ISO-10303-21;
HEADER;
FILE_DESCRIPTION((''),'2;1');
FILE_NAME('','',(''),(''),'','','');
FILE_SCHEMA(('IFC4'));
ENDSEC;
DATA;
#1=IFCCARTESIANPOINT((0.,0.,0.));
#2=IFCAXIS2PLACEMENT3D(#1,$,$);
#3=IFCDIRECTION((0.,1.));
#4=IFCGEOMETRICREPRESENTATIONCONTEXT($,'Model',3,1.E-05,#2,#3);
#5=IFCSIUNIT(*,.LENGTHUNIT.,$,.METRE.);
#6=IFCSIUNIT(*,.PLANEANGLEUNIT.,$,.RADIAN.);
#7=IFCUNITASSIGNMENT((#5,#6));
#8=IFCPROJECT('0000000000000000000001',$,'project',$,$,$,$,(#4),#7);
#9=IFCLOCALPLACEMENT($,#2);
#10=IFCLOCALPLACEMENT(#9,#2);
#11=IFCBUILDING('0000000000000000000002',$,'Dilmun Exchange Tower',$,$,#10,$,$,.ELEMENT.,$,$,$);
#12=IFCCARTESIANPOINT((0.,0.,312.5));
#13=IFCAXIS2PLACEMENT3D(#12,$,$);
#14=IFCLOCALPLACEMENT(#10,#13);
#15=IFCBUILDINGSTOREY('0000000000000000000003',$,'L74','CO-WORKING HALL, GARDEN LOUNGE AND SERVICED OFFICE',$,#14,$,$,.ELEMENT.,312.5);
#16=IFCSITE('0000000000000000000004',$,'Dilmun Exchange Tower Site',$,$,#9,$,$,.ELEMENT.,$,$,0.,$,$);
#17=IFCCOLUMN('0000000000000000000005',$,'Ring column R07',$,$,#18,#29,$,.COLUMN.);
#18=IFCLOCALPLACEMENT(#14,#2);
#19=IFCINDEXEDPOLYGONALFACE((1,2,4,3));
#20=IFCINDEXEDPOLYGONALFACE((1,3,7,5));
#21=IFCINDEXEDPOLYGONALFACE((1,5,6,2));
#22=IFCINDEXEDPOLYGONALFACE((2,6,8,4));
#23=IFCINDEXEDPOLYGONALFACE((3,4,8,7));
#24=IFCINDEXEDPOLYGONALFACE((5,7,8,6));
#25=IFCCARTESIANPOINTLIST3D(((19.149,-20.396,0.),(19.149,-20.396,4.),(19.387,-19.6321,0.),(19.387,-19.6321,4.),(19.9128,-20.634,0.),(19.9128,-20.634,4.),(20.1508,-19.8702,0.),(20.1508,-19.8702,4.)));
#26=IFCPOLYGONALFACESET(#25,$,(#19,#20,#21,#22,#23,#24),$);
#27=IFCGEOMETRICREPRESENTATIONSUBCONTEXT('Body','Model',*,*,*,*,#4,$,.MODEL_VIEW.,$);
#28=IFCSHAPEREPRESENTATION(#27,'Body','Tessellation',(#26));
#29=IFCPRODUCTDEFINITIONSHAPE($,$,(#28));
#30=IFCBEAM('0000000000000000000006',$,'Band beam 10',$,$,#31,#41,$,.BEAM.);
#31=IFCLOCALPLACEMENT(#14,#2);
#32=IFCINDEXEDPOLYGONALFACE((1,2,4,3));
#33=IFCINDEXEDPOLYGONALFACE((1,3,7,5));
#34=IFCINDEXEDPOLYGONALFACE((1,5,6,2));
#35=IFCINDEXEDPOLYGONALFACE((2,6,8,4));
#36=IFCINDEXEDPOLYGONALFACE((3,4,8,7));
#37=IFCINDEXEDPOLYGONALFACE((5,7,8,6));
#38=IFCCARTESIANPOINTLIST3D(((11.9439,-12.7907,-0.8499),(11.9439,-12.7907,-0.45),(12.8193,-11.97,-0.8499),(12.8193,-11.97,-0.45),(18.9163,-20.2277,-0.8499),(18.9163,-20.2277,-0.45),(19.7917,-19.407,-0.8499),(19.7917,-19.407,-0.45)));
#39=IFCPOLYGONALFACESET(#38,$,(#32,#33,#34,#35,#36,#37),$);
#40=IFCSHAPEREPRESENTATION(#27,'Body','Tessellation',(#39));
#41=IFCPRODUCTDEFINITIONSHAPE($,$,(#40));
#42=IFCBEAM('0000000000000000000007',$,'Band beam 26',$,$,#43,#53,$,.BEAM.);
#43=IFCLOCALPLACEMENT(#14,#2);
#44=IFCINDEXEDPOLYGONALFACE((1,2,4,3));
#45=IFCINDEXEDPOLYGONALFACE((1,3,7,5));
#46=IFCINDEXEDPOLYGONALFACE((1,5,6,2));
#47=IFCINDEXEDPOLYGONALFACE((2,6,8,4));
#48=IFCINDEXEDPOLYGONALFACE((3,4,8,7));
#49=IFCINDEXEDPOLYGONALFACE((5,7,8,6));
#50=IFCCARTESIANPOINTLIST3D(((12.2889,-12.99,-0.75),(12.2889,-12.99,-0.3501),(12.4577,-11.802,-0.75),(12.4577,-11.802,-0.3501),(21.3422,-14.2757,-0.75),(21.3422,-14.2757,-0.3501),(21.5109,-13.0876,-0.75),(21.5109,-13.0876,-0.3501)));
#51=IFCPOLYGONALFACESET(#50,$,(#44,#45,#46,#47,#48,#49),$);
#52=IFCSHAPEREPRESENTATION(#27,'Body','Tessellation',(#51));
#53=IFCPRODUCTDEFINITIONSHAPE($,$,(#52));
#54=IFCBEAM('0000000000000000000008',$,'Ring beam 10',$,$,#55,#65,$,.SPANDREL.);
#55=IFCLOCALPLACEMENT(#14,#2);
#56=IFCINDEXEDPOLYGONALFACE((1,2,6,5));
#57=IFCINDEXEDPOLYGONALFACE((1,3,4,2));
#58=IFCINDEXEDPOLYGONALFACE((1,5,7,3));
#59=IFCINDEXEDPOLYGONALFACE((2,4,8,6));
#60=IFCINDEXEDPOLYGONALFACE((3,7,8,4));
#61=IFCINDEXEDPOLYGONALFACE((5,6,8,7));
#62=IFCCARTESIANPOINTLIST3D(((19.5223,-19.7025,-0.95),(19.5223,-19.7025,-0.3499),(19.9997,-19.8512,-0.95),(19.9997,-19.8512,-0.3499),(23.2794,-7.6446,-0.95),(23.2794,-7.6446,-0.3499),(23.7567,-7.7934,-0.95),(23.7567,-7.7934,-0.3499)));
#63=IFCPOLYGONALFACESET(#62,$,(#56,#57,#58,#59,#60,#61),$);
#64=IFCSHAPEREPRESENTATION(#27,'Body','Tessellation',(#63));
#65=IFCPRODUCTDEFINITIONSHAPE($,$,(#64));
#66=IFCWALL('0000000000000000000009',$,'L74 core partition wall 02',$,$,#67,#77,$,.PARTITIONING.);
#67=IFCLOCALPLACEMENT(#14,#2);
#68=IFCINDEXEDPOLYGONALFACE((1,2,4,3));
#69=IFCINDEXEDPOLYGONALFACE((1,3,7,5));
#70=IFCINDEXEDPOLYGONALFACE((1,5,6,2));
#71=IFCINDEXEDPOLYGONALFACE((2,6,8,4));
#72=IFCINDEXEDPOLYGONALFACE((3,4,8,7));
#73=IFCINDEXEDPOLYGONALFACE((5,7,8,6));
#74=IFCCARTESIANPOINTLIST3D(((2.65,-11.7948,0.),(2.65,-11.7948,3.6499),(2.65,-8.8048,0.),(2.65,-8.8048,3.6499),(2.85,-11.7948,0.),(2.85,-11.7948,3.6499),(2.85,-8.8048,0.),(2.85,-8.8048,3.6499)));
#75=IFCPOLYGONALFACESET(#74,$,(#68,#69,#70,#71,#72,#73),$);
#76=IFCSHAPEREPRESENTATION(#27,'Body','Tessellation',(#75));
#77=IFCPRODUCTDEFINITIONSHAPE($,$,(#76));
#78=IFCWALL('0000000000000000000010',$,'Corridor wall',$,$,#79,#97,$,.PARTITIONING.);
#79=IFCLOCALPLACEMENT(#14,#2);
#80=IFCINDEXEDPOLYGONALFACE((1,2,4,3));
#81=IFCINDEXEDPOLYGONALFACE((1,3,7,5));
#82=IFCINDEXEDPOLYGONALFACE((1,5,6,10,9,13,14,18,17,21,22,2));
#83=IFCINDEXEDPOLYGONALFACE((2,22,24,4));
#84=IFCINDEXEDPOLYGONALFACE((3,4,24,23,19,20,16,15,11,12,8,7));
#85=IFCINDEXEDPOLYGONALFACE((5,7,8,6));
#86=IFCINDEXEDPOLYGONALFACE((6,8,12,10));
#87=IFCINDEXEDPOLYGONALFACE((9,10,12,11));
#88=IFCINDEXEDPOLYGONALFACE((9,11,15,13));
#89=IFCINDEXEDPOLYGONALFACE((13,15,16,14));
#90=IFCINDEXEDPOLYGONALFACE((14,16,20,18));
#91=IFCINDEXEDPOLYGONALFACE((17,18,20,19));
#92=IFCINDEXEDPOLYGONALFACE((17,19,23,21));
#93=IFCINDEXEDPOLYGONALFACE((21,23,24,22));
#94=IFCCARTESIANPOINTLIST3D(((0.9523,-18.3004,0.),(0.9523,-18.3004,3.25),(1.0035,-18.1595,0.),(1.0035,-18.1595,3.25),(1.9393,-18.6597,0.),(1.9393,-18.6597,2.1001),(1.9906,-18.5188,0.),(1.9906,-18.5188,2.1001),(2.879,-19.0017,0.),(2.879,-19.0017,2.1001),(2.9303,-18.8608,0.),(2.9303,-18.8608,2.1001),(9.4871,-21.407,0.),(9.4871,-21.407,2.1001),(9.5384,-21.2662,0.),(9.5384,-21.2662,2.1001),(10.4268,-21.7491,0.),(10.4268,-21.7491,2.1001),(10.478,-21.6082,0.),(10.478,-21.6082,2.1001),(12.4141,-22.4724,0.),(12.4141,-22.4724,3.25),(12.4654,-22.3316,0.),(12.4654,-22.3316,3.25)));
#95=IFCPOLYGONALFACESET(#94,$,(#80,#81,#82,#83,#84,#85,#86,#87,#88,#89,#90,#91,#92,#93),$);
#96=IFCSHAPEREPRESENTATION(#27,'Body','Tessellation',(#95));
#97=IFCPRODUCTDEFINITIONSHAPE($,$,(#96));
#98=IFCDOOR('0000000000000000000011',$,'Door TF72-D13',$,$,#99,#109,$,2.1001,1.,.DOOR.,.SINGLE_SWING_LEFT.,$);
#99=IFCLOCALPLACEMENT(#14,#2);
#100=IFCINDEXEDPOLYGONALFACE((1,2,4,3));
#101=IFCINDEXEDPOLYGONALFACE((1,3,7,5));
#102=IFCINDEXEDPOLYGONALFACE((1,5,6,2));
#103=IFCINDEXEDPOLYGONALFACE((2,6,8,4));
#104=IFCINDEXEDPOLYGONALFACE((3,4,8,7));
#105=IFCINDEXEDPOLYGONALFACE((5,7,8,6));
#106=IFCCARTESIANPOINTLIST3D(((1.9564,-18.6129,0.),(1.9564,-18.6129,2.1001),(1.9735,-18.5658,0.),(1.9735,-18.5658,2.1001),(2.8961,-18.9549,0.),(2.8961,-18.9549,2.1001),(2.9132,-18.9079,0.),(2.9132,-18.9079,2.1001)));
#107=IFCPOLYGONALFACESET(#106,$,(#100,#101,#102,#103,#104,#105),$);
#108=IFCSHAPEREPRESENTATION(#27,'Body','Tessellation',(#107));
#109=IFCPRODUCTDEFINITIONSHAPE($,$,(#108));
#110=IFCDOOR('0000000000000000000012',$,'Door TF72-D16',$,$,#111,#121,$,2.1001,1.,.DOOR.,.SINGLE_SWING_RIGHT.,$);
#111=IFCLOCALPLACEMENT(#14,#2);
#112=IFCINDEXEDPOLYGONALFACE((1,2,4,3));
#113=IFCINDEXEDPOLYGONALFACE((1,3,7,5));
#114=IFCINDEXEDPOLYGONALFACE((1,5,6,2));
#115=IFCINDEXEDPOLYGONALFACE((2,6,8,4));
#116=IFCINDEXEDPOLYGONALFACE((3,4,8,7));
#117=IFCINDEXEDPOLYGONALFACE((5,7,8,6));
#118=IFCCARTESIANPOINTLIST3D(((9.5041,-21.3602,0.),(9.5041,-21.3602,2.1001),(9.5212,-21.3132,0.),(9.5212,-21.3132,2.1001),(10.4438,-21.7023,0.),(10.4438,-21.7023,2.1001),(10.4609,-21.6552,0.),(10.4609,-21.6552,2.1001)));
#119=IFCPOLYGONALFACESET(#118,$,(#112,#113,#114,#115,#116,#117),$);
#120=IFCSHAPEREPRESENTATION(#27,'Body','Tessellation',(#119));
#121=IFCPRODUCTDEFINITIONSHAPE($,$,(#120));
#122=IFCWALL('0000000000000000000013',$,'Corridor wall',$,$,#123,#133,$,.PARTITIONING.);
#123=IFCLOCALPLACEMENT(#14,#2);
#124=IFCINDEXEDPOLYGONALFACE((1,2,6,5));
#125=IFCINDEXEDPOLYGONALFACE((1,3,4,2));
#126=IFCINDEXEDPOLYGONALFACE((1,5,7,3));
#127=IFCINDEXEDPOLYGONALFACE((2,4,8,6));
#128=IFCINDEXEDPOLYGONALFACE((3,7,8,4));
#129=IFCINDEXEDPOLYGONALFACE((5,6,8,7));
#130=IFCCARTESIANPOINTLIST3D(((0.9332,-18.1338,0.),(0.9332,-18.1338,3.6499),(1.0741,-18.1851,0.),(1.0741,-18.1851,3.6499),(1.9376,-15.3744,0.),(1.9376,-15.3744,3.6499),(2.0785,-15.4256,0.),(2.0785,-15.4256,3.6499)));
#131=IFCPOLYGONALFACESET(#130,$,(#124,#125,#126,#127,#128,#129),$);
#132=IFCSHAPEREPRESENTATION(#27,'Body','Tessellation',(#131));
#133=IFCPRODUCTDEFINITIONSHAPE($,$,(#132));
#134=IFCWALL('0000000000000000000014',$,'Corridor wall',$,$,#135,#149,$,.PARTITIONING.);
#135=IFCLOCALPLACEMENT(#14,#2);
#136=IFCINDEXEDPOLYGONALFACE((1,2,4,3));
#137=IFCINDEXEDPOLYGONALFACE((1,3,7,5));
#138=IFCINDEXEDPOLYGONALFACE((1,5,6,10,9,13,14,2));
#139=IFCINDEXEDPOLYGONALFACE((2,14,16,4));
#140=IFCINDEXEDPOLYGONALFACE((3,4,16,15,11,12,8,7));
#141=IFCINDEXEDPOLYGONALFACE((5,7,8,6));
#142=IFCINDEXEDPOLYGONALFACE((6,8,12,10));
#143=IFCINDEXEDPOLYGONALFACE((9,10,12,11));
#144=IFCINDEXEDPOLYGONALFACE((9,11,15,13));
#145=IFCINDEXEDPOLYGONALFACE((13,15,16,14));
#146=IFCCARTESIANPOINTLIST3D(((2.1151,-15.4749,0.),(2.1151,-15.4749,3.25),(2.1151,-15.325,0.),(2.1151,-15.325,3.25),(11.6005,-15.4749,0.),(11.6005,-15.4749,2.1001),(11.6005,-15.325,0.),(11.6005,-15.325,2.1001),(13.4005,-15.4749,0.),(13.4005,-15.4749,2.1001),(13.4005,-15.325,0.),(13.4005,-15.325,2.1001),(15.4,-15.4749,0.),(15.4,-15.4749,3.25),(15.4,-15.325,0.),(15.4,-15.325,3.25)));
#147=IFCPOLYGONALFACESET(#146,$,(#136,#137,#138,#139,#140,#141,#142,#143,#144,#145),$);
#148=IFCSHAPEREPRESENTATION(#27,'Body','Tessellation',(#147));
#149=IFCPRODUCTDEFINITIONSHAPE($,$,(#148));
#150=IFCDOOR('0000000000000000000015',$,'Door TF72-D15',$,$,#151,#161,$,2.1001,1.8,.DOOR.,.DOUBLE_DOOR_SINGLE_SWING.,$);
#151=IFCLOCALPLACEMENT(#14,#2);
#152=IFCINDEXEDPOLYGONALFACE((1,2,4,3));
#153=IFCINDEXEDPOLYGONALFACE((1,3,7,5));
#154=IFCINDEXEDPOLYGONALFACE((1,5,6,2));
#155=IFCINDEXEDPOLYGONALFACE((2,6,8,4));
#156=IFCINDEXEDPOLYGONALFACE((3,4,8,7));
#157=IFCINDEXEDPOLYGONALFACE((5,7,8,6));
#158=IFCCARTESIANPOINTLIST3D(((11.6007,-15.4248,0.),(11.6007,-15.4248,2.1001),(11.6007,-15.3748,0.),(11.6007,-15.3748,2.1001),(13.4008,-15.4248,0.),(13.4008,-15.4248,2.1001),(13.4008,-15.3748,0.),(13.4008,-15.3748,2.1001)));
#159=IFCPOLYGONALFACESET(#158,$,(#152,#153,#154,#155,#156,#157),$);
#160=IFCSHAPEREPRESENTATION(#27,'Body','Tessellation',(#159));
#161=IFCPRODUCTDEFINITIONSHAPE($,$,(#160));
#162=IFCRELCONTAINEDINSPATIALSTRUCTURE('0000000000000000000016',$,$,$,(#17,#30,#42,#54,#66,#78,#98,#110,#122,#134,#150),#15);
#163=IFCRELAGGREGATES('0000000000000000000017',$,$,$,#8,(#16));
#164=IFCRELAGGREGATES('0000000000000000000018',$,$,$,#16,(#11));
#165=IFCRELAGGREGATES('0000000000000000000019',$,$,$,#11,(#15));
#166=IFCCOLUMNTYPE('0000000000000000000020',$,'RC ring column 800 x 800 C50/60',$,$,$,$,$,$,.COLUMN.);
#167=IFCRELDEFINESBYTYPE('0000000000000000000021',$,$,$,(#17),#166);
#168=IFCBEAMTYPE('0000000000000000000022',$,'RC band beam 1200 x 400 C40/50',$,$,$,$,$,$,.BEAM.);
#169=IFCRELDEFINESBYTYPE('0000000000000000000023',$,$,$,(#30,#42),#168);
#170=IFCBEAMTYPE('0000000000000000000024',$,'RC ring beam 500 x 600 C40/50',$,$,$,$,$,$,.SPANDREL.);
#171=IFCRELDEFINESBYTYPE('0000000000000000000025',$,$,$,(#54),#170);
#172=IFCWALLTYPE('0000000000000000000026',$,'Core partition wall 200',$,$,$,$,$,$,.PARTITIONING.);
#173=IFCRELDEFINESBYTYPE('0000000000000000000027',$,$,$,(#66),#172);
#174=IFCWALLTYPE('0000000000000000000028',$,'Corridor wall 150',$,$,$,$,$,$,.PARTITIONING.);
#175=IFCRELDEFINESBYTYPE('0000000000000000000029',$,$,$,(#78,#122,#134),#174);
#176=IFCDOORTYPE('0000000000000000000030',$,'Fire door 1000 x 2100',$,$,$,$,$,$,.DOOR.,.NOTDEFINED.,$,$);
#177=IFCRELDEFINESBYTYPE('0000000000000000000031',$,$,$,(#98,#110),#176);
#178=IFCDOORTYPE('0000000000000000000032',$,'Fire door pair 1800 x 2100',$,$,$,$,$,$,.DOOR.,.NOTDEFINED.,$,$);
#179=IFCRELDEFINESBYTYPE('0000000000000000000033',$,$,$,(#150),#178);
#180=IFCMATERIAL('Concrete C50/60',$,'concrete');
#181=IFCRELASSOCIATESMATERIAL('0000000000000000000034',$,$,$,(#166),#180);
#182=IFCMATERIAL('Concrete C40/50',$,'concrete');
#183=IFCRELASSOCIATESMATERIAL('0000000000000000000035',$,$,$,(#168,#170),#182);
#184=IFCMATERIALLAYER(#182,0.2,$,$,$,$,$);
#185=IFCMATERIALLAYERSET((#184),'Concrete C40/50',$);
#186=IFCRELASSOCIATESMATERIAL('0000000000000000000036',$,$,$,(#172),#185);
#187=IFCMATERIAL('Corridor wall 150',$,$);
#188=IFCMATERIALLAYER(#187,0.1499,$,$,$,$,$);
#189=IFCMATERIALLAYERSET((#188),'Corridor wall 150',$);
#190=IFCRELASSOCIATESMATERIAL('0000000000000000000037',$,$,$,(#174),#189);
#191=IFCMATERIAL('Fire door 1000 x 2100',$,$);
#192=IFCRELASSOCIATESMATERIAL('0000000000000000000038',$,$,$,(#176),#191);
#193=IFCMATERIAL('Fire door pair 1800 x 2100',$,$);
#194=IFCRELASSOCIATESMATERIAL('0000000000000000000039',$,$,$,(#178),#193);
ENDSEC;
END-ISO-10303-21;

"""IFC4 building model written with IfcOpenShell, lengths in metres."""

from ifc_helpers import new_model, si_unit, direction, frame, frame_2d, origin, origin_2d, place, context, subcontext, project, spatial, rectangle, extrude, material, layer, layer_set, material_profile, profile_set, type_object, element, fill, save


model = new_model("IFC4")

# Units and contexts
model_context = context("Model", 3, precision=1e-05, world=origin(), true_north=direction((0.0, 1.0)))
body_context = subcontext(model_context, "Body", "Model", "MODEL_VIEW")
ifc_project = project(units=[si_unit("LENGTHUNIT", "METRE"), si_unit("PLANEANGLEUNIT", "RADIAN")], contexts=[model_context])

# Site, building, storey
site_placement = place(None, origin())
site = spatial("IfcSite", under=ifc_project, at=site_placement, Name="Dilmun Exchange Tower Site", CompositionType="ELEMENT", RefElevation=0.0)
building_placement = place(site_placement, origin())
building = spatial("IfcBuilding", under=site, at=building_placement, Name="Dilmun Exchange Tower", CompositionType="ELEMENT")
storey_placement = place(building_placement, frame((0.0, 0.0, 312.5)))
storey = spatial("IfcBuildingStorey", under=building, at=storey_placement, Name="L74", Description="CO-WORKING HALL, GARDEN LOUNGE AND SERVICED OFFICE", CompositionType="ELEMENT", Elevation=312.5)

# Column
ifc_material_1 = material(Name="Concrete C50/60", Category="concrete")
ifc_material_profile_1 = material_profile(ifc_material_1, rectangle(XDim=0.8, YDim=0.8, at=origin_2d()), Name="800 x 800")
ifc_profile_set_1 = profile_set([ifc_material_profile_1], Name="Concrete C50/60")
column_type = type_object("IfcColumnType", Name="RC ring column 800 x 800 C50/60", PredefinedType="COLUMN", material=ifc_profile_set_1)
column_placement = place(storey_placement, frame((19.6499, -20.1331, 0.0), z_axis=(0.0, 0.0, 1.0), x_axis=(0.297503, 0.954721, 0.0)))
element("IfcColumn", 1, at=column_placement, inside=storey, type_object=column_type, Name="Ring column R07", PredefinedType="COLUMN", context=body_context, shape_type="SweptSolid", body=[
    extrude(rectangle(XDim=0.8, YDim=0.8, at=origin_2d()), origin(), (0.0, 0.0, 1.0), 4.0),
])

# Beams
ifc_material_2 = material(Name="Concrete C40/50", Category="concrete")
ifc_material_profile_2 = material_profile(ifc_material_2, rectangle(XDim=1.2, YDim=0.3999, at=origin_2d()), Name="1200 x 400")
ifc_profile_set_2 = profile_set([ifc_material_profile_2], Name="Concrete C40/50")
beam_type_1 = type_object("IfcBeamType", Name="RC band beam 1200 x 400 C40/50", PredefinedType="BEAM", material=ifc_profile_set_2)
beam_1_placement = place(storey_placement, frame((19.354, -19.8174, -0.6499), z_axis=(-0.683952, 0.729527, 0.0), x_axis=(-0.729527, -0.683952, 0.0)))
element("IfcBeam", 2, at=beam_1_placement, inside=storey, type_object=beam_type_1, Name="Band beam 10", PredefinedType="BEAM", context=body_context, shape_type="SweptSolid", body=[
    extrude(rectangle(XDim=1.2, YDim=0.3999, at=origin_2d()), origin(), (0.0, 0.0, 1.0), 10.1943),
])
beam_2_placement = place(storey_placement, frame((21.4265, -13.6816, -0.55), z_axis=(-0.990067, 0.140599, 0.0), x_axis=(-0.140599, -0.990067, 0.0)))
element("IfcBeam", 3, at=beam_2_placement, inside=storey, type_object=beam_type_1, Name="Band beam 26", PredefinedType="BEAM", context=body_context, shape_type="SweptSolid", body=[
    extrude(rectangle(XDim=1.2, YDim=0.3999, at=origin_2d()), origin(), (0.0, 0.0, 1.0), 9.144),
])
ifc_material_profile_3 = material_profile(ifc_material_2, rectangle(XDim=0.5, YDim=0.6001, at=origin_2d()), Name="500 x 600")
ifc_profile_set_3 = profile_set([ifc_material_profile_3], Name="Concrete C40/50")
beam_type_2 = type_object("IfcBeamType", Name="RC ring beam 500 x 600 C40/50", PredefinedType="SPANDREL", material=ifc_profile_set_3)
beam_3_placement = place(storey_placement, frame((19.761, -19.7769, -0.6499), z_axis=(0.297481, 0.954728, 0.0), x_axis=(-0.954728, 0.297481, 0.0)))
element("IfcBeam", 4, at=beam_3_placement, inside=storey, type_object=beam_type_2, Name="Ring beam 10", PredefinedType="SPANDREL", context=body_context, shape_type="SweptSolid", body=[
    extrude(rectangle(XDim=0.5, YDim=0.6001, at=origin_2d()), origin(), (0.0, 0.0, 1.0), 12.6296),
])

# Wall
ifc_layer_1 = layer(ifc_material_2, 0.2)
ifc_layer_set_1 = layer_set([ifc_layer_1], Name="Concrete C40/50")
wall_type_1 = type_object("IfcWallType", Name="Core partition wall 200", PredefinedType="PARTITIONING", material=ifc_layer_set_1)
wall_1_placement = place(storey_placement, frame((2.75, -11.7949, 0.0), z_axis=(0.0, 0.0, 1.0), x_axis=(0.0, 1.0, 0.0)))
element("IfcWall", 5, at=wall_1_placement, inside=storey, type_object=wall_type_1, Name="L74 core partition wall 02", PredefinedType="PARTITIONING", context=body_context, shape_type="SweptSolid", body=[
    extrude(rectangle(XDim=2.99, YDim=0.2, at=frame_2d((1.4951, 0.0))), origin(), (0.0, 0.0, 1.0), 3.6499),
])

# Wall, openings, doors
ifc_material_3 = material(Name="Corridor wall 150")
ifc_layer_2 = layer(ifc_material_3, 0.1499)
ifc_layer_set_2 = layer_set([ifc_layer_2], Name="Corridor wall 150")
wall_type_2 = type_object("IfcWallType", Name="Corridor wall 150", PredefinedType="PARTITIONING", material=ifc_layer_set_2)
wall_2_placement = place(storey_placement, frame((0.978, -18.23, 0.0), z_axis=(0.0, 0.0, 1.0), x_axis=(0.939684, -0.342044, 0.0)))
wall_2 = element("IfcWall", 6, at=wall_2_placement, inside=storey, type_object=wall_type_2, Name="Corridor wall", PredefinedType="PARTITIONING", context=body_context, shape_type="SweptSolid", body=[
    extrude(rectangle(XDim=12.1975, YDim=0.1499, at=frame_2d((6.0986, 0.0))), origin(), (0.0, 0.0, 1.0), 3.25),
])
opening_1_placement = place(wall_2_placement, frame((1.0503, 0.0, 0.0)))
opening_1 = element("IfcOpeningElement", 7, at=opening_1_placement, cuts=wall_2, PredefinedType="OPENING", context=body_context, shape_type="SweptSolid", body=[
    extrude(rectangle(XDim=1.0, YDim=2.1001, at=frame_2d((0.5, 1.05))), frame((0.0, 0.085, 0.0), z_axis=(0.0, -1.0, 0.0), x_axis=(1.0, 0.0, 0.0)), (0.0, 0.0, 1.0), 0.1699),
])
opening_2_placement = place(wall_2_placement, frame((9.0825, 0.0, 0.0)))
opening_2 = element("IfcOpeningElement", 8, at=opening_2_placement, cuts=wall_2, PredefinedType="OPENING", context=body_context, shape_type="SweptSolid", body=[
    extrude(rectangle(XDim=1.0, YDim=2.1001, at=frame_2d((0.5, 1.05))), frame((0.0, 0.085, 0.0), z_axis=(0.0, -1.0, 0.0), x_axis=(1.0, 0.0, 0.0)), (0.0, 0.0, 1.0), 0.1699),
])
ifc_material_4 = material(Name="Fire door 1000 x 2100")
door_type_1 = type_object("IfcDoorType", Name="Fire door 1000 x 2100", OperationType="NOTDEFINED", PredefinedType="DOOR", material=ifc_material_4)
door_1_placement = place(opening_1_placement, origin())
door_1 = element("IfcDoor", 9, at=door_1_placement, inside=storey, type_object=door_type_1, Name="Door TF72-D13", OperationType="SINGLE_SWING_LEFT", OverallHeight=2.1001, OverallWidth=1.0, PredefinedType="DOOR", context=body_context, shape_type="SweptSolid", body=[
    extrude(rectangle(XDim=1.0, YDim=2.1001, at=frame_2d((0.5, 1.05))), frame((0.0, 0.0249, 0.0), z_axis=(0.0, -1.0, 0.0), x_axis=(1.0, 0.0, 0.0)), (0.0, 0.0, 1.0), 0.05),
])
fill(opening_1, door_1)
door_2_placement = place(opening_2_placement, origin())
door_2 = element("IfcDoor", 10, at=door_2_placement, inside=storey, type_object=door_type_1, Name="Door TF72-D16", OperationType="SINGLE_SWING_RIGHT", OverallHeight=2.1001, OverallWidth=1.0, PredefinedType="DOOR", context=body_context, shape_type="SweptSolid", body=[
    extrude(rectangle(XDim=1.0, YDim=2.1001, at=frame_2d((0.5, 1.05))), frame((0.0, 0.0249, 0.0), z_axis=(0.0, -1.0, 0.0), x_axis=(1.0, 0.0, 0.0)), (0.0, 0.0, 1.0), 0.05),
])
fill(opening_2, door_2)

# Wall
wall_3_placement = place(storey_placement, frame((1.0037, -18.1594, 0.0), z_axis=(0.0, 0.0, 1.0), x_axis=(0.342023, 0.939691, 0.0)))
element("IfcWall", 11, at=wall_3_placement, inside=storey, type_object=wall_type_2, Name="Corridor wall", PredefinedType="PARTITIONING", context=body_context, shape_type="SweptSolid", body=[
    extrude(rectangle(XDim=2.9365, YDim=0.1499, at=frame_2d((1.4683, 0.0))), origin(), (0.0, 0.0, 1.0), 3.6499),
])

# Wall, opening, door
wall_4_placement = place(storey_placement, frame((2.115, -15.3999, 0.0), z_axis=(0.0, 0.0, 1.0), x_axis=(1.0, 0.0, 0.0)))
wall_4 = element("IfcWall", 12, at=wall_4_placement, inside=storey, type_object=wall_type_2, Name="Corridor wall", PredefinedType="PARTITIONING", context=body_context, shape_type="SweptSolid", body=[
    extrude(rectangle(XDim=13.2849, YDim=0.1499, at=frame_2d((6.6426, 0.0))), origin(), (0.0, 0.0, 1.0), 3.25),
])
opening_3_placement = place(wall_4_placement, frame((9.4856, 0.0, 0.0)))
opening_3 = element("IfcOpeningElement", 13, at=opening_3_placement, cuts=wall_4, PredefinedType="OPENING", context=body_context, shape_type="SweptSolid", body=[
    extrude(rectangle(XDim=1.8, YDim=2.1001, at=frame_2d((0.8999, 1.05))), frame((0.0, 0.085, 0.0), z_axis=(0.0, -1.0, 0.0), x_axis=(1.0, 0.0, 0.0)), (0.0, 0.0, 1.0), 0.1699),
])
ifc_material_5 = material(Name="Fire door pair 1800 x 2100")
door_type_2 = type_object("IfcDoorType", Name="Fire door pair 1800 x 2100", OperationType="NOTDEFINED", PredefinedType="DOOR", material=ifc_material_5)
door_3_placement = place(opening_3_placement, frame((1.8, 0.0, 0.0), z_axis=(0.0, 0.0, 1.0), x_axis=(-1.0, 0.0, 0.0)))
door_3 = element("IfcDoor", 14, at=door_3_placement, inside=storey, type_object=door_type_2, Name="Door TF72-D15", OperationType="DOUBLE_DOOR_SINGLE_SWING", OverallHeight=2.1001, OverallWidth=1.8, PredefinedType="DOOR", context=body_context, shape_type="SweptSolid", body=[
    extrude(rectangle(XDim=1.8, YDim=2.1001, at=frame_2d((0.8999, 1.05))), frame((0.0, 0.0249, 0.0), z_axis=(0.0, -1.0, 0.0), x_axis=(1.0, 0.0, 0.0)), (0.0, 0.0, 1.0), 0.05),
])
fill(opening_3, door_3)

save(model, "model.ifc")
